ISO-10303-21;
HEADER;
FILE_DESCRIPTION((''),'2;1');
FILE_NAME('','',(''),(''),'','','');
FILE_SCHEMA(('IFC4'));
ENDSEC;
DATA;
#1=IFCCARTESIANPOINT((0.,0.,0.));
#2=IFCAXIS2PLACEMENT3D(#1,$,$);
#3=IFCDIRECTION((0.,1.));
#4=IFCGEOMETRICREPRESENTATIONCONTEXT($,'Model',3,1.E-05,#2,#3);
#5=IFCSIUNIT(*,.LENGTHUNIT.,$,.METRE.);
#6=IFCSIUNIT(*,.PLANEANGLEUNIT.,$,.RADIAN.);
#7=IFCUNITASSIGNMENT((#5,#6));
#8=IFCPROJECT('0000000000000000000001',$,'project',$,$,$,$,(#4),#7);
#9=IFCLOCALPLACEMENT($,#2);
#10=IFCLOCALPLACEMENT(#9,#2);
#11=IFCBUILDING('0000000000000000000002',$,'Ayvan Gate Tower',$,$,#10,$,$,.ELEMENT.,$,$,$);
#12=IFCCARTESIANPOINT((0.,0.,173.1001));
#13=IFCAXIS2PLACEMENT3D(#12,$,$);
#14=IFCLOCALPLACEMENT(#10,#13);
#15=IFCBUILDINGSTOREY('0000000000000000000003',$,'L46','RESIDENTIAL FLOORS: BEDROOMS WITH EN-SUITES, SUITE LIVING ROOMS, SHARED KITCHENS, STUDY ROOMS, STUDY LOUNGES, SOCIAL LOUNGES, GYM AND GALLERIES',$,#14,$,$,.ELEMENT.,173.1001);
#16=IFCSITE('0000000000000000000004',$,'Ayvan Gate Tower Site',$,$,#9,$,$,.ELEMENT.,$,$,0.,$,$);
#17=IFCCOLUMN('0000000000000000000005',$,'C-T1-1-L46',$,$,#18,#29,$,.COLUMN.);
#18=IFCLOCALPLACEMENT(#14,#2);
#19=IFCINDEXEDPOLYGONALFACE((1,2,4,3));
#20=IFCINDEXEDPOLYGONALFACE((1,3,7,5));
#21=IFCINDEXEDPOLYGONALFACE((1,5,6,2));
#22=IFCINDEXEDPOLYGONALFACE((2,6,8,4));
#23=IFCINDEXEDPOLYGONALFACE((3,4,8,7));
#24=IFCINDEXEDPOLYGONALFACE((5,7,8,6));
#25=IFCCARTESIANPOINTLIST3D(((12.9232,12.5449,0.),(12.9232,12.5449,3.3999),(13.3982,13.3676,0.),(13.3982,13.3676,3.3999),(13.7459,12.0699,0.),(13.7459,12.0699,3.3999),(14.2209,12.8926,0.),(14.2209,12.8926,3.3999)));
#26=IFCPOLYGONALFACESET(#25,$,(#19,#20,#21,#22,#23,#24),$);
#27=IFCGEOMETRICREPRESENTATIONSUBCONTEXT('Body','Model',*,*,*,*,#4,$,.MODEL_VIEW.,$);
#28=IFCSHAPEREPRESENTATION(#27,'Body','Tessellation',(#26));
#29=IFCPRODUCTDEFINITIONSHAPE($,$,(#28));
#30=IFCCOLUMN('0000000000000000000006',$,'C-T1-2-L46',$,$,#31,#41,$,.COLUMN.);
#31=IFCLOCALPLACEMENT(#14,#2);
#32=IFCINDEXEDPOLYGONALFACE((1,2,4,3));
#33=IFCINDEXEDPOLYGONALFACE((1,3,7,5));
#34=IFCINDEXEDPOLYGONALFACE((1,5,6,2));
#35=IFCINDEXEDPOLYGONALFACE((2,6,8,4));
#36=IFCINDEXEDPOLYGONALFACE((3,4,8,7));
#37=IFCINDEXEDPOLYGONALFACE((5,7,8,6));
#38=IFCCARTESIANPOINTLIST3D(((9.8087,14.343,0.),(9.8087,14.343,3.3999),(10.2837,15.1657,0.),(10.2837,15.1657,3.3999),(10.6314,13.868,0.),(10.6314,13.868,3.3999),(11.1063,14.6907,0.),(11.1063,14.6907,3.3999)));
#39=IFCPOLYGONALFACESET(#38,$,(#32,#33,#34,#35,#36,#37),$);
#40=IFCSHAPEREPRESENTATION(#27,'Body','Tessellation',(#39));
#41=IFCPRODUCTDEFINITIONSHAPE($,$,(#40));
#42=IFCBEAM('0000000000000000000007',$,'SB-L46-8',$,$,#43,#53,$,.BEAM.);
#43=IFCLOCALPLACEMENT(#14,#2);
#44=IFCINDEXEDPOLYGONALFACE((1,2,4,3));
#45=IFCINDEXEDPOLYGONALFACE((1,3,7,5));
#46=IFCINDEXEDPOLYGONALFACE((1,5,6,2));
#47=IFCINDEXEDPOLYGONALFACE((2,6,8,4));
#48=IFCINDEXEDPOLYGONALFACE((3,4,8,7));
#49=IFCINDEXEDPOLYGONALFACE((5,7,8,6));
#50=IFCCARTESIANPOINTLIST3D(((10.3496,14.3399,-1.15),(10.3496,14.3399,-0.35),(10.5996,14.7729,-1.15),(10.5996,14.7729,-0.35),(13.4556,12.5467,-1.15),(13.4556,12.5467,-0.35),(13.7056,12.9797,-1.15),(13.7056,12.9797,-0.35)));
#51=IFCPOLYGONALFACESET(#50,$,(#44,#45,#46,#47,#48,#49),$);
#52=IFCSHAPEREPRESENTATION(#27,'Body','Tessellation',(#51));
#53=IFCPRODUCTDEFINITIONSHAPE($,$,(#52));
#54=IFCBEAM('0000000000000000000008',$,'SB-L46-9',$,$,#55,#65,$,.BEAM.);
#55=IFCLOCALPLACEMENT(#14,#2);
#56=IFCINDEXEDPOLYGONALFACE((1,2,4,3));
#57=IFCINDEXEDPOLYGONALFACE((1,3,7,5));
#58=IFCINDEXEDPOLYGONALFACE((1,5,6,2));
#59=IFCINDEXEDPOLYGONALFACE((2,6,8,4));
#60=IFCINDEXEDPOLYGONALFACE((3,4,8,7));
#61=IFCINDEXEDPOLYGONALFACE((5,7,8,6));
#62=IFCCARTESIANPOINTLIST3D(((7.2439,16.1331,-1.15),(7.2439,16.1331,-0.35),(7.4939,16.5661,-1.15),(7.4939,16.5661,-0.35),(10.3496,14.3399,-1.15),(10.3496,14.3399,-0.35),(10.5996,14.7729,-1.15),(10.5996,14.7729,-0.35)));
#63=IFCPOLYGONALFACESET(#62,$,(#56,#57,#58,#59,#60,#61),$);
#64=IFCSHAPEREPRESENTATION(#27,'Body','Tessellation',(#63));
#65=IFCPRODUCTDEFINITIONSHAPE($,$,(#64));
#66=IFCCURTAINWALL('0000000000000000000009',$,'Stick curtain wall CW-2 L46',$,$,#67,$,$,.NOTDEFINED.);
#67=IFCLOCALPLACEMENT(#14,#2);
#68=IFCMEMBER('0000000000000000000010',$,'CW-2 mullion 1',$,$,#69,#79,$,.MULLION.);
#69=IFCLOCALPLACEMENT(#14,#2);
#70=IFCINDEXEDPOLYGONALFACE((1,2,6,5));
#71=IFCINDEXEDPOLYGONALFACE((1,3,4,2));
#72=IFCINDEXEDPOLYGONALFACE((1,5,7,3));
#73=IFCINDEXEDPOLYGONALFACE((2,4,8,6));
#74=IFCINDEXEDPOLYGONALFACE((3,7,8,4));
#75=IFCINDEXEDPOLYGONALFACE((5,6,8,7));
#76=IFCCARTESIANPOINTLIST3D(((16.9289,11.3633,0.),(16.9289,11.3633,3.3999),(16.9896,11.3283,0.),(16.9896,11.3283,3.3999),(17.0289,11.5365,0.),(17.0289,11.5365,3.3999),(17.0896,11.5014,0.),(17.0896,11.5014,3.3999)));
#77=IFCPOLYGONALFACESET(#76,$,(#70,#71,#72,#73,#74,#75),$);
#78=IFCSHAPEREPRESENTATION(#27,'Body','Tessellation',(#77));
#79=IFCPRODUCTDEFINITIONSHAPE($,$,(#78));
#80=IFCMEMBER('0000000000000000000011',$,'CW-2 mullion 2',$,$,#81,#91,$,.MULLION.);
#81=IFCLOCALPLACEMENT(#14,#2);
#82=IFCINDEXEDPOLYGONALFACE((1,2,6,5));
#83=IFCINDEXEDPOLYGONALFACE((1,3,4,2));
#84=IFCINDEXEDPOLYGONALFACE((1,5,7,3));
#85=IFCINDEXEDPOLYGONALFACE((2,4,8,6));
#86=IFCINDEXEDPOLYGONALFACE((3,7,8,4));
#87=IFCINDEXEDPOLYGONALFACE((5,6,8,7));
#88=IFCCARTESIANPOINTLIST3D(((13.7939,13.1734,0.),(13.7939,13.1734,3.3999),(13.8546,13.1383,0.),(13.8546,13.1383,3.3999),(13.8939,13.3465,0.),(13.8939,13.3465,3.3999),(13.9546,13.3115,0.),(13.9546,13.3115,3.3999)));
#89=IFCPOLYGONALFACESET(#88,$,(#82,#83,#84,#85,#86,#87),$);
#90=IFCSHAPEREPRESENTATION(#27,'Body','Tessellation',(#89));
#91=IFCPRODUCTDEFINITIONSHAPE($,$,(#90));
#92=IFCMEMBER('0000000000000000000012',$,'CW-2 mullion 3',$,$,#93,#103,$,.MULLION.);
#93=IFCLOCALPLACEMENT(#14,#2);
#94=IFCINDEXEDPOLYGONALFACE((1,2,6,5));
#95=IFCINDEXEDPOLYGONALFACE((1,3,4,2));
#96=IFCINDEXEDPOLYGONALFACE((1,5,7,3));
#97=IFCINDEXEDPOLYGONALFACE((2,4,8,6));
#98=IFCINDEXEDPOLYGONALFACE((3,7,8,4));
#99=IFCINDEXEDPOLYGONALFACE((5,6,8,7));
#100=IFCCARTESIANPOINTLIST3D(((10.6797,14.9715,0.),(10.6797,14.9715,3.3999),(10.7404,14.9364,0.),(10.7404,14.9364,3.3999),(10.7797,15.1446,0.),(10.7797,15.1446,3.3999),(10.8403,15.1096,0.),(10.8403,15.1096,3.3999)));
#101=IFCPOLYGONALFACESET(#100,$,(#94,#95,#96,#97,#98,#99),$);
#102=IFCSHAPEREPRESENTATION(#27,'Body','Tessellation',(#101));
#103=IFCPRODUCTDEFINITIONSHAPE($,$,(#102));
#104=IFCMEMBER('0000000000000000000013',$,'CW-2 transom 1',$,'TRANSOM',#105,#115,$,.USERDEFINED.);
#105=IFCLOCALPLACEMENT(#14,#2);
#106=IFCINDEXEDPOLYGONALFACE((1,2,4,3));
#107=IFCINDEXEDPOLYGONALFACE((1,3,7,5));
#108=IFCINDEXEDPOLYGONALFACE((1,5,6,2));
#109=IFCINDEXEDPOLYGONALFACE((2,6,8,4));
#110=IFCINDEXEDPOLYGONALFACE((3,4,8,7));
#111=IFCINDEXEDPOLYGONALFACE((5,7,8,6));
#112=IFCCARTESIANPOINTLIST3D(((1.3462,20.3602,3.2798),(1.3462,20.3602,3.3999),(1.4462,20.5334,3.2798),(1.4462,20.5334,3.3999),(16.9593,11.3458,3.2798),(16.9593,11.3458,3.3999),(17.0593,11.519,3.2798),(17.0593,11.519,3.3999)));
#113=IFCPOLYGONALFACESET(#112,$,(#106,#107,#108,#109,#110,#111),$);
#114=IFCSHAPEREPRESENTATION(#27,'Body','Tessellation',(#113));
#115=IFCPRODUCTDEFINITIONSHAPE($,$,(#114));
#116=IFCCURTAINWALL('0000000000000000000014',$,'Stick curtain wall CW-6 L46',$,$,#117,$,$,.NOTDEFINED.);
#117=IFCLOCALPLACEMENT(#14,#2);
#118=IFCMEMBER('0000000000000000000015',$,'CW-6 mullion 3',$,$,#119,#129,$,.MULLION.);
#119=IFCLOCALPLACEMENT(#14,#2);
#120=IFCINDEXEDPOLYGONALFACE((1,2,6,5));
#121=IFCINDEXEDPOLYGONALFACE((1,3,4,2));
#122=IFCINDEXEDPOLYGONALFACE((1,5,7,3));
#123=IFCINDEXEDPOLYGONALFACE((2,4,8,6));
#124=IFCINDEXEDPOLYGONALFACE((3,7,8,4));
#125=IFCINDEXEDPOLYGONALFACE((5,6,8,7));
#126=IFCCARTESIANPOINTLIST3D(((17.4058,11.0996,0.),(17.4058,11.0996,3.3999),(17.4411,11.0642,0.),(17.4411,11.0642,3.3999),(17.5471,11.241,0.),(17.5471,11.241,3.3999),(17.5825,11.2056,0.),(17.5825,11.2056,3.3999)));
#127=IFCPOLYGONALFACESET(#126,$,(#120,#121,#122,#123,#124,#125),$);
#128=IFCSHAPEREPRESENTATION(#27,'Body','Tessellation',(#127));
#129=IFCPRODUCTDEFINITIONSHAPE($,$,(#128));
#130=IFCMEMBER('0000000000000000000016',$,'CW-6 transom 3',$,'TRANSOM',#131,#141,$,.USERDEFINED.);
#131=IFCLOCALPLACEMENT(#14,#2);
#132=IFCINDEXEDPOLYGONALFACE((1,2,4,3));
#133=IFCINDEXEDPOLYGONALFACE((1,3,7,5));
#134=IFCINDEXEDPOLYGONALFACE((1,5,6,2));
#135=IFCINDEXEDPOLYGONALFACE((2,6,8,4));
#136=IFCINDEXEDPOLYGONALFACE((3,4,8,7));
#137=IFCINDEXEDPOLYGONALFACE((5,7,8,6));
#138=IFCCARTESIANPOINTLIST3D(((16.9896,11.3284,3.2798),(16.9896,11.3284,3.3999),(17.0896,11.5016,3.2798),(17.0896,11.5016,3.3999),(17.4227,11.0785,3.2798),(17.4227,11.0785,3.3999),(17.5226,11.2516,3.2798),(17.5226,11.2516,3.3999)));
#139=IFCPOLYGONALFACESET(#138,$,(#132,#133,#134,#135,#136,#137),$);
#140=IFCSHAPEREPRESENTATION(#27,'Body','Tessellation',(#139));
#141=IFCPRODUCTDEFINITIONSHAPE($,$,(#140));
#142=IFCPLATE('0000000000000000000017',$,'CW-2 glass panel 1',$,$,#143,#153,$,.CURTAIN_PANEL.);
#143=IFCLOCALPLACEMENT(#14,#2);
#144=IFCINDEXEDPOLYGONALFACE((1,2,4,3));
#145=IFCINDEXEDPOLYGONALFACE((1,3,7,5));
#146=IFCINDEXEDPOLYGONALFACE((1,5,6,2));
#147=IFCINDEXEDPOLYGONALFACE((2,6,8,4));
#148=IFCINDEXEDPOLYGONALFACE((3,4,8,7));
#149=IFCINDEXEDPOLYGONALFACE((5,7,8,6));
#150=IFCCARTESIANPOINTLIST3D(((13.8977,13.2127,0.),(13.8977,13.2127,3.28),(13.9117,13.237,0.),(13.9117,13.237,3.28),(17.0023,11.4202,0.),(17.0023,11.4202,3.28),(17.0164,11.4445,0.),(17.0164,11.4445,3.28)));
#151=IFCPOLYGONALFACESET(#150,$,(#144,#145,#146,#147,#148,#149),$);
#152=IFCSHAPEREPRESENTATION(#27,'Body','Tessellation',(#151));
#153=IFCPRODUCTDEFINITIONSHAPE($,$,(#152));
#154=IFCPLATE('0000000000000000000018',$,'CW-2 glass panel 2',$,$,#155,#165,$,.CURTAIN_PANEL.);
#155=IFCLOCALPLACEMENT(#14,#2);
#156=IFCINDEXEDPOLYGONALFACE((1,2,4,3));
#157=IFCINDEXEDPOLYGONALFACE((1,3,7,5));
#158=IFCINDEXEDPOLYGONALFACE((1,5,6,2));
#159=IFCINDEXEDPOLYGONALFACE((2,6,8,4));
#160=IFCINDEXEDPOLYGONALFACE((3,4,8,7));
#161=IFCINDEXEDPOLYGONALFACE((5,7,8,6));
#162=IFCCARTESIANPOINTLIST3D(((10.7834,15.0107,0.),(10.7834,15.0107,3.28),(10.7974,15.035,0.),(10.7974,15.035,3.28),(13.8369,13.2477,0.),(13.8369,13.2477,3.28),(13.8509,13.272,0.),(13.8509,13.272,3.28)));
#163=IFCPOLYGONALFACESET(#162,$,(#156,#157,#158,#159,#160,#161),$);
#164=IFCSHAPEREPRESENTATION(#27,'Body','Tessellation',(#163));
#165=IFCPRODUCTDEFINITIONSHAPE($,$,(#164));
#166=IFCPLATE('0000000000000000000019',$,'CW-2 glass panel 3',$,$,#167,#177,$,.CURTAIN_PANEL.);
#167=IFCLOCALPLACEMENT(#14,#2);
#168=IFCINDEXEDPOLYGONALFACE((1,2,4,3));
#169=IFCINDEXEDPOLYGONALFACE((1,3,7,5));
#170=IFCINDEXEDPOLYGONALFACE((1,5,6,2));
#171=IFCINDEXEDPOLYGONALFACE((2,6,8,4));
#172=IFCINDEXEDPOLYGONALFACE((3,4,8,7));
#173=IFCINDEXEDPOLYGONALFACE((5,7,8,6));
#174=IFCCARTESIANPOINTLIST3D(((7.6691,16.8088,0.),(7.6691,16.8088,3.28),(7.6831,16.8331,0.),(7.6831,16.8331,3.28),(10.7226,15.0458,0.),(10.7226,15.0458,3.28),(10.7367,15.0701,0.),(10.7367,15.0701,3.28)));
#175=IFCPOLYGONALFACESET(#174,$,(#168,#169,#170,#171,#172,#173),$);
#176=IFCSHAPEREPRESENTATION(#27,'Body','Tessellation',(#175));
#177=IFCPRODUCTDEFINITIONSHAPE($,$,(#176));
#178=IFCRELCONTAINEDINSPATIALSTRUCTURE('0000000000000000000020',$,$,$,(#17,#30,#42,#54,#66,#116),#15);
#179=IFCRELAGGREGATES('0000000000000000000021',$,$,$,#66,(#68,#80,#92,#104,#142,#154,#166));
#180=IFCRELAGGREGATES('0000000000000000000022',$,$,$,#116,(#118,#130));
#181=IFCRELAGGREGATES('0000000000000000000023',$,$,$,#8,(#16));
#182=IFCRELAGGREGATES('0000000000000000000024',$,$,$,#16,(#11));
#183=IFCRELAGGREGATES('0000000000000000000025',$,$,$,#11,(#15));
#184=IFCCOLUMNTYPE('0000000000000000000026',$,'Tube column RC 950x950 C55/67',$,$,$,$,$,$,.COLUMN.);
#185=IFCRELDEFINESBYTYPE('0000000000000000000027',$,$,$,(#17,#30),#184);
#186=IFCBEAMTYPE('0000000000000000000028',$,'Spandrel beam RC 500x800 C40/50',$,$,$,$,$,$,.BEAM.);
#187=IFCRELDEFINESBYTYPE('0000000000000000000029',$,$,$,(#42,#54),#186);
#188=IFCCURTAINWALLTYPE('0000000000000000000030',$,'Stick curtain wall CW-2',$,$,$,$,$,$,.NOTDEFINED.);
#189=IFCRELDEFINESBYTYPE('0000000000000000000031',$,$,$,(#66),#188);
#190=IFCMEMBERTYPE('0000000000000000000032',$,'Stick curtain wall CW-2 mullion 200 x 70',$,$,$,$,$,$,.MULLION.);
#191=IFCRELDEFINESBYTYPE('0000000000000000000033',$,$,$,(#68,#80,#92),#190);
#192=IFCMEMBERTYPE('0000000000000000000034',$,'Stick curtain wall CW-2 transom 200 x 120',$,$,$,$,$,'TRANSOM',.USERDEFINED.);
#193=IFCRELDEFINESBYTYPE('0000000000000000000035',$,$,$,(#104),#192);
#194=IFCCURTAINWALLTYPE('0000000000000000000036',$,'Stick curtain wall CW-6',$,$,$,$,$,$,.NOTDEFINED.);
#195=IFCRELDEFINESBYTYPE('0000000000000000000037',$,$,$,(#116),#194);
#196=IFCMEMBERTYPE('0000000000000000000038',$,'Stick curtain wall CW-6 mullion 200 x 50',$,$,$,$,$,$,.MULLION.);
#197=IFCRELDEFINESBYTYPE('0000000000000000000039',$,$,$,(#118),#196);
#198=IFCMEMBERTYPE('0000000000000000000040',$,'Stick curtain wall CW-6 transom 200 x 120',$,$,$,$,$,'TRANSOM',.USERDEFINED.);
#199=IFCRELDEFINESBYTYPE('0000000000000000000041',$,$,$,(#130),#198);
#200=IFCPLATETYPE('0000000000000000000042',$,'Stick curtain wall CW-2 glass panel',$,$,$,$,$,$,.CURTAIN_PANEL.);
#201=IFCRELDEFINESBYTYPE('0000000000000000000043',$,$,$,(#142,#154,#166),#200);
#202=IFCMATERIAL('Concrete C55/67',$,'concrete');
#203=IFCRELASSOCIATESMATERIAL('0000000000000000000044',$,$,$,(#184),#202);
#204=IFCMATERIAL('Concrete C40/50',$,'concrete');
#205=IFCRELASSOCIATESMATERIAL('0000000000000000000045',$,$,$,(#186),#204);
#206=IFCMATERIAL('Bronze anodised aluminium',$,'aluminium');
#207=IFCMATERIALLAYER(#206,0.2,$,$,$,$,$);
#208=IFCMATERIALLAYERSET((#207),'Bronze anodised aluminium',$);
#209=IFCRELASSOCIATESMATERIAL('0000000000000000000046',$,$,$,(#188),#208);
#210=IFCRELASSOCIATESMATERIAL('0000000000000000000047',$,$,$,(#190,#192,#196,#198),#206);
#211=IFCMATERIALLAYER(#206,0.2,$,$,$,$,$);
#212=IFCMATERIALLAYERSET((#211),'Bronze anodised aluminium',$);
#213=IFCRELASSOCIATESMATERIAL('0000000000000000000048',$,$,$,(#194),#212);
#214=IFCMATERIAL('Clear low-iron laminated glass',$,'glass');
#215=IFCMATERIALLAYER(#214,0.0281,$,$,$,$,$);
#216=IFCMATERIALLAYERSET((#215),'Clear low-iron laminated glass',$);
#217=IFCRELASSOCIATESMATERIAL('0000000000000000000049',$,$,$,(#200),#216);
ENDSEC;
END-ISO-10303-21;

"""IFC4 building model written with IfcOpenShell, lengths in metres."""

from ifc_helpers import new_model, si_unit, direction, frame, origin, origin_2d, place, context, subcontext, project, spatial, rectangle, extrude, material, layer, layer_set, material_profile, profile_set, type_object, element, aggregate, save


model = new_model("IFC4")

# Units and contexts
model_context = context("Model", 3, precision=1e-05, world=origin(), true_north=direction((0.0, 1.0)))
body_context = subcontext(model_context, "Body", "Model", "MODEL_VIEW")
ifc_project = project(units=[si_unit("LENGTHUNIT", "METRE"), si_unit("PLANEANGLEUNIT", "RADIAN")], contexts=[model_context])

# Site, building, storey
site_placement = place(None, origin())
site = spatial("IfcSite", under=ifc_project, at=site_placement, Name="Ayvan Gate Tower Site", CompositionType="ELEMENT", RefElevation=0.0)
building_placement = place(site_placement, origin())
building = spatial("IfcBuilding", under=site, at=building_placement, Name="Ayvan Gate Tower", CompositionType="ELEMENT")
storey_placement = place(building_placement, frame((0.0, 0.0, 173.1001)))
storey = spatial("IfcBuildingStorey", under=building, at=storey_placement, Name="L46", Description="RESIDENTIAL FLOORS: BEDROOMS WITH EN-SUITES, SUITE LIVING ROOMS, SHARED KITCHENS, STUDY ROOMS, STUDY LOUNGES, SOCIAL LOUNGES, GYM AND GALLERIES", CompositionType="ELEMENT", Elevation=173.1001)

# Columns
ifc_material_1 = material(Name="Concrete C55/67", Category="concrete")
ifc_material_profile_1 = material_profile(ifc_material_1, rectangle(XDim=0.95, YDim=0.95, at=origin_2d()), Name="RC 950x950")
ifc_profile_set_1 = profile_set([ifc_material_profile_1], Name="Concrete C55/67")
column_type = type_object("IfcColumnType", Name="Tube column RC 950x950 C55/67", PredefinedType="COLUMN", material=ifc_profile_set_1)
for number, where, z_axis, x_axis, name in (
    (1, (13.572, 12.7188, 0.0), (0.0, 0.0, 1.0), (0.5, 0.866025, 0.0), "C-T1-1-L46"),
    (2, (10.4575, 14.5168, 0.0), (0.0, 0.0, 1.0), (0.5, 0.866025, 0.0), "C-T1-2-L46"),
):
    element("IfcColumn", number, at=place(storey_placement, frame(where, z_axis=z_axis, x_axis=x_axis)), inside=storey, type_object=column_type, Name=name, PredefinedType="COLUMN", context=body_context, shape_type="SweptSolid", body=[
        extrude(rectangle(XDim=0.95, YDim=0.95, at=origin_2d()), origin(), (0.0, 0.0, 1.0), 3.3999),
    ])

# Beams
ifc_material_2 = material(Name="Concrete C40/50", Category="concrete")
ifc_material_profile_2 = material_profile(ifc_material_2, rectangle(XDim=0.5, YDim=0.8, at=origin_2d()), Name="RC 500x800")
ifc_profile_set_2 = profile_set([ifc_material_profile_2], Name="Concrete C40/50")
beam_type = type_object("IfcBeamType", Name="Spandrel beam RC 500x800 C40/50", PredefinedType="BEAM", material=ifc_profile_set_2)
beam_1_placement = place(storey_placement, frame((13.5806, 12.7632, -0.75), z_axis=(-0.866027, 0.499997, 0.0), x_axis=(-0.499997, -0.866027, 0.0)))
element("IfcBeam", 3, at=beam_1_placement, inside=storey, type_object=beam_type, Name="SB-L46-8", PredefinedType="BEAM", context=body_context, shape_type="SweptSolid", body=[
    extrude(rectangle(XDim=0.5, YDim=0.8, at=origin_2d()), origin(), (0.0, 0.0, 1.0), 3.5864),
])
beam_2_placement = place(storey_placement, frame((10.4746, 14.5564, -0.75), z_axis=(-0.86601, 0.500027, 0.0), x_axis=(-0.500027, -0.86601, 0.0)))
element("IfcBeam", 4, at=beam_2_placement, inside=storey, type_object=beam_type, Name="SB-L46-9", PredefinedType="BEAM", context=body_context, shape_type="SweptSolid", body=[
    extrude(rectangle(XDim=0.5, YDim=0.8, at=origin_2d()), origin(), (0.0, 0.0, 1.0), 3.5862),
])

# Curtain walls, members
ifc_material_3 = material(Name="Bronze anodised aluminium", Category="aluminium")
ifc_layer_1 = layer(ifc_material_3, 0.2)
ifc_layer_set_1 = layer_set([ifc_layer_1], Name="Bronze anodised aluminium")
curtain_wall_type_1 = type_object("IfcCurtainWallType", Name="Stick curtain wall CW-2", PredefinedType="NOTDEFINED", material=ifc_layer_set_1)
curtain_wall_1_placement = place(storey_placement, origin())
curtain_wall_1 = element("IfcCurtainWall", 5, at=curtain_wall_1_placement, inside=storey, type_object=curtain_wall_type_1, Name="Stick curtain wall CW-2 L46", PredefinedType="NOTDEFINED")
ifc_material_profile_3 = material_profile(ifc_material_3, rectangle(XDim=0.2, YDim=0.0701, at=origin_2d()), Name="Stick curtain wall CW-2 mullion 200 x 70")
ifc_profile_set_3 = profile_set([ifc_material_profile_3], Name="Bronze anodised aluminium")
member_type_1 = type_object("IfcMemberType", Name="Stick curtain wall CW-2 mullion 200 x 70", PredefinedType="MULLION", material=ifc_profile_set_3)
member_1_placement = place(storey_placement, frame((17.0093, 11.4324, 0.0), z_axis=(0.0, 0.0, 1.0), x_axis=(0.5, 0.866025, 0.0)))
member_1 = element("IfcMember", 6, at=member_1_placement, type_object=member_type_1, Name="CW-2 mullion 1", PredefinedType="MULLION", context=body_context, shape_type="SweptSolid", body=[
    extrude(rectangle(XDim=0.2, YDim=0.0701, at=origin_2d()), origin(), (0.0, 0.0, 1.0), 3.3999),
])
member_2_placement = place(storey_placement, frame((13.8743, 13.2424, 0.0), z_axis=(0.0, 0.0, 1.0), x_axis=(0.5, 0.866025, 0.0)))
member_2 = element("IfcMember", 7, at=member_2_placement, type_object=member_type_1, Name="CW-2 mullion 2", PredefinedType="MULLION", context=body_context, shape_type="SweptSolid", body=[
    extrude(rectangle(XDim=0.2, YDim=0.0701, at=origin_2d()), origin(), (0.0, 0.0, 1.0), 3.3999),
])
member_3_placement = place(storey_placement, frame((10.76, 15.0405, 0.0), z_axis=(0.0, 0.0, 1.0), x_axis=(0.5, 0.866025, 0.0)))
member_3 = element("IfcMember", 8, at=member_3_placement, type_object=member_type_1, Name="CW-2 mullion 3", PredefinedType="MULLION", context=body_context, shape_type="SweptSolid", body=[
    extrude(rectangle(XDim=0.2, YDim=0.0701, at=origin_2d()), origin(), (0.0, 0.0, 1.0), 3.3999),
])
ifc_material_profile_4 = material_profile(ifc_material_3, rectangle(XDim=0.2, YDim=0.1201, at=origin_2d()), Name="Stick curtain wall CW-2 transom 200 x 120")
ifc_profile_set_4 = profile_set([ifc_material_profile_4], Name="Bronze anodised aluminium")
member_type_2 = type_object("IfcMemberType", Name="Stick curtain wall CW-2 transom 200 x 120", ElementType="TRANSOM", PredefinedType="USERDEFINED", material=ifc_profile_set_4)
member_4_placement = place(storey_placement, frame((17.0093, 11.4324, 3.3398), z_axis=(-0.86602, 0.500009, 0.0), x_axis=(-0.500009, -0.86602, 0.0)))
member_4 = element("IfcMember", 9, at=member_4_placement, type_object=member_type_2, Name="CW-2 transom 1", ObjectType="TRANSOM", PredefinedType="USERDEFINED", context=body_context, shape_type="SweptSolid", body=[
    extrude(rectangle(XDim=0.2, YDim=0.1201, at=origin_2d()), origin(), (0.0, 0.0, 1.0), 18.0286),
])
ifc_layer_2 = layer(ifc_material_3, 0.2)
ifc_layer_set_2 = layer_set([ifc_layer_2], Name="Bronze anodised aluminium")
curtain_wall_type_2 = type_object("IfcCurtainWallType", Name="Stick curtain wall CW-6", PredefinedType="NOTDEFINED", material=ifc_layer_set_2)
curtain_wall_2_placement = place(storey_placement, origin())
curtain_wall_2 = element("IfcCurtainWall", 10, at=curtain_wall_2_placement, inside=storey, type_object=curtain_wall_type_2, Name="Stick curtain wall CW-6 L46", PredefinedType="NOTDEFINED")
ifc_material_profile_5 = material_profile(ifc_material_3, rectangle(XDim=0.2, YDim=0.05, at=origin_2d()), Name="Stick curtain wall CW-6 mullion 200 x 50")
ifc_profile_set_5 = profile_set([ifc_material_profile_5], Name="Bronze anodised aluminium")
member_type_3 = type_object("IfcMemberType", Name="Stick curtain wall CW-6 mullion 200 x 50", PredefinedType="MULLION", material=ifc_profile_set_5)
member_5_placement = place(storey_placement, frame((17.4941, 11.1526, 0.0), z_axis=(0.0, 0.0, 1.0), x_axis=(0.707107, 0.707107, 0.0)))
member_5 = element("IfcMember", 11, at=member_5_placement, type_object=member_type_3, Name="CW-6 mullion 3", PredefinedType="MULLION", context=body_context, shape_type="SweptSolid", body=[
    extrude(rectangle(XDim=0.2, YDim=0.05, at=origin_2d()), origin(), (0.0, 0.0, 1.0), 3.3999),
])
ifc_material_profile_6 = material_profile(ifc_material_3, rectangle(XDim=0.2, YDim=0.1201, at=origin_2d()), Name="Stick curtain wall CW-6 transom 200 x 120")
ifc_profile_set_6 = profile_set([ifc_material_profile_6], Name="Bronze anodised aluminium")
member_type_4 = type_object("IfcMemberType", Name="Stick curtain wall CW-6 transom 200 x 120", ElementType="TRANSOM", PredefinedType="USERDEFINED", material=ifc_profile_set_6)
member_6_placement = place(storey_placement, frame((17.4727, 11.165, 3.3398), z_axis=(-0.866072, 0.49992, 0.0), x_axis=(-0.49992, -0.866072, 0.0)))
member_6 = element("IfcMember", 12, at=member_6_placement, type_object=member_type_4, Name="CW-6 transom 3", ObjectType="TRANSOM", PredefinedType="USERDEFINED", context=body_context, shape_type="SweptSolid", body=[
    extrude(rectangle(XDim=0.2, YDim=0.1201, at=origin_2d()), origin(), (0.0, 0.0, 1.0), 0.5),
])

# Plates
ifc_material_4 = material(Name="Clear low-iron laminated glass", Category="glass")
ifc_layer_3 = layer(ifc_material_4, 0.0281)
ifc_layer_set_3 = layer_set([ifc_layer_3], Name="Clear low-iron laminated glass")
plate_type_1 = type_object("IfcPlateType", Name="Stick curtain wall CW-2 glass panel", PredefinedType="CURTAIN_PANEL", material=ifc_layer_set_3)
plate_1_placement = place(storey_placement, frame((15.457, 12.3286, 0.0), z_axis=(0.0, 0.0, 1.0), x_axis=(-0.866025, 0.5, 0.0)))
plate_1 = element("IfcPlate", 13, at=plate_1_placement, type_object=plate_type_1, Name="CW-2 glass panel 1", PredefinedType="CURTAIN_PANEL", context=body_context, shape_type="SweptSolid", body=[
    extrude(rectangle(XDim=3.585, YDim=0.0281, at=origin_2d()), origin(), (0.0, 0.0, 1.0), 3.28),
])
plate_2_placement = place(storey_placement, frame((12.3171, 14.1414, 0.0), z_axis=(0.0, 0.0, 1.0), x_axis=(-0.866025, 0.5, 0.0)))
plate_2 = element("IfcPlate", 14, at=plate_2_placement, type_object=plate_type_1, Name="CW-2 glass panel 2", PredefinedType="CURTAIN_PANEL", context=body_context, shape_type="SweptSolid", body=[
    extrude(rectangle(XDim=3.5259, YDim=0.0281, at=origin_2d()), origin(), (0.0, 0.0, 1.0), 3.28),
])
plate_3_placement = place(storey_placement, frame((9.2029, 15.9395, 0.0), z_axis=(0.0, 0.0, 1.0), x_axis=(-0.866025, 0.5, 0.0)))
plate_3 = element("IfcPlate", 15, at=plate_3_placement, type_object=plate_type_1, Name="CW-2 glass panel 3", PredefinedType="CURTAIN_PANEL", context=body_context, shape_type="SweptSolid", body=[
    extrude(rectangle(XDim=3.5259, YDim=0.0281, at=origin_2d()), origin(), (0.0, 0.0, 1.0), 3.28),
])
aggregate(curtain_wall_1, [member_1, member_2, member_3, member_4, plate_1, plate_2, plate_3])
aggregate(curtain_wall_2, [member_5, member_6])

save(model, "model.ifc")
